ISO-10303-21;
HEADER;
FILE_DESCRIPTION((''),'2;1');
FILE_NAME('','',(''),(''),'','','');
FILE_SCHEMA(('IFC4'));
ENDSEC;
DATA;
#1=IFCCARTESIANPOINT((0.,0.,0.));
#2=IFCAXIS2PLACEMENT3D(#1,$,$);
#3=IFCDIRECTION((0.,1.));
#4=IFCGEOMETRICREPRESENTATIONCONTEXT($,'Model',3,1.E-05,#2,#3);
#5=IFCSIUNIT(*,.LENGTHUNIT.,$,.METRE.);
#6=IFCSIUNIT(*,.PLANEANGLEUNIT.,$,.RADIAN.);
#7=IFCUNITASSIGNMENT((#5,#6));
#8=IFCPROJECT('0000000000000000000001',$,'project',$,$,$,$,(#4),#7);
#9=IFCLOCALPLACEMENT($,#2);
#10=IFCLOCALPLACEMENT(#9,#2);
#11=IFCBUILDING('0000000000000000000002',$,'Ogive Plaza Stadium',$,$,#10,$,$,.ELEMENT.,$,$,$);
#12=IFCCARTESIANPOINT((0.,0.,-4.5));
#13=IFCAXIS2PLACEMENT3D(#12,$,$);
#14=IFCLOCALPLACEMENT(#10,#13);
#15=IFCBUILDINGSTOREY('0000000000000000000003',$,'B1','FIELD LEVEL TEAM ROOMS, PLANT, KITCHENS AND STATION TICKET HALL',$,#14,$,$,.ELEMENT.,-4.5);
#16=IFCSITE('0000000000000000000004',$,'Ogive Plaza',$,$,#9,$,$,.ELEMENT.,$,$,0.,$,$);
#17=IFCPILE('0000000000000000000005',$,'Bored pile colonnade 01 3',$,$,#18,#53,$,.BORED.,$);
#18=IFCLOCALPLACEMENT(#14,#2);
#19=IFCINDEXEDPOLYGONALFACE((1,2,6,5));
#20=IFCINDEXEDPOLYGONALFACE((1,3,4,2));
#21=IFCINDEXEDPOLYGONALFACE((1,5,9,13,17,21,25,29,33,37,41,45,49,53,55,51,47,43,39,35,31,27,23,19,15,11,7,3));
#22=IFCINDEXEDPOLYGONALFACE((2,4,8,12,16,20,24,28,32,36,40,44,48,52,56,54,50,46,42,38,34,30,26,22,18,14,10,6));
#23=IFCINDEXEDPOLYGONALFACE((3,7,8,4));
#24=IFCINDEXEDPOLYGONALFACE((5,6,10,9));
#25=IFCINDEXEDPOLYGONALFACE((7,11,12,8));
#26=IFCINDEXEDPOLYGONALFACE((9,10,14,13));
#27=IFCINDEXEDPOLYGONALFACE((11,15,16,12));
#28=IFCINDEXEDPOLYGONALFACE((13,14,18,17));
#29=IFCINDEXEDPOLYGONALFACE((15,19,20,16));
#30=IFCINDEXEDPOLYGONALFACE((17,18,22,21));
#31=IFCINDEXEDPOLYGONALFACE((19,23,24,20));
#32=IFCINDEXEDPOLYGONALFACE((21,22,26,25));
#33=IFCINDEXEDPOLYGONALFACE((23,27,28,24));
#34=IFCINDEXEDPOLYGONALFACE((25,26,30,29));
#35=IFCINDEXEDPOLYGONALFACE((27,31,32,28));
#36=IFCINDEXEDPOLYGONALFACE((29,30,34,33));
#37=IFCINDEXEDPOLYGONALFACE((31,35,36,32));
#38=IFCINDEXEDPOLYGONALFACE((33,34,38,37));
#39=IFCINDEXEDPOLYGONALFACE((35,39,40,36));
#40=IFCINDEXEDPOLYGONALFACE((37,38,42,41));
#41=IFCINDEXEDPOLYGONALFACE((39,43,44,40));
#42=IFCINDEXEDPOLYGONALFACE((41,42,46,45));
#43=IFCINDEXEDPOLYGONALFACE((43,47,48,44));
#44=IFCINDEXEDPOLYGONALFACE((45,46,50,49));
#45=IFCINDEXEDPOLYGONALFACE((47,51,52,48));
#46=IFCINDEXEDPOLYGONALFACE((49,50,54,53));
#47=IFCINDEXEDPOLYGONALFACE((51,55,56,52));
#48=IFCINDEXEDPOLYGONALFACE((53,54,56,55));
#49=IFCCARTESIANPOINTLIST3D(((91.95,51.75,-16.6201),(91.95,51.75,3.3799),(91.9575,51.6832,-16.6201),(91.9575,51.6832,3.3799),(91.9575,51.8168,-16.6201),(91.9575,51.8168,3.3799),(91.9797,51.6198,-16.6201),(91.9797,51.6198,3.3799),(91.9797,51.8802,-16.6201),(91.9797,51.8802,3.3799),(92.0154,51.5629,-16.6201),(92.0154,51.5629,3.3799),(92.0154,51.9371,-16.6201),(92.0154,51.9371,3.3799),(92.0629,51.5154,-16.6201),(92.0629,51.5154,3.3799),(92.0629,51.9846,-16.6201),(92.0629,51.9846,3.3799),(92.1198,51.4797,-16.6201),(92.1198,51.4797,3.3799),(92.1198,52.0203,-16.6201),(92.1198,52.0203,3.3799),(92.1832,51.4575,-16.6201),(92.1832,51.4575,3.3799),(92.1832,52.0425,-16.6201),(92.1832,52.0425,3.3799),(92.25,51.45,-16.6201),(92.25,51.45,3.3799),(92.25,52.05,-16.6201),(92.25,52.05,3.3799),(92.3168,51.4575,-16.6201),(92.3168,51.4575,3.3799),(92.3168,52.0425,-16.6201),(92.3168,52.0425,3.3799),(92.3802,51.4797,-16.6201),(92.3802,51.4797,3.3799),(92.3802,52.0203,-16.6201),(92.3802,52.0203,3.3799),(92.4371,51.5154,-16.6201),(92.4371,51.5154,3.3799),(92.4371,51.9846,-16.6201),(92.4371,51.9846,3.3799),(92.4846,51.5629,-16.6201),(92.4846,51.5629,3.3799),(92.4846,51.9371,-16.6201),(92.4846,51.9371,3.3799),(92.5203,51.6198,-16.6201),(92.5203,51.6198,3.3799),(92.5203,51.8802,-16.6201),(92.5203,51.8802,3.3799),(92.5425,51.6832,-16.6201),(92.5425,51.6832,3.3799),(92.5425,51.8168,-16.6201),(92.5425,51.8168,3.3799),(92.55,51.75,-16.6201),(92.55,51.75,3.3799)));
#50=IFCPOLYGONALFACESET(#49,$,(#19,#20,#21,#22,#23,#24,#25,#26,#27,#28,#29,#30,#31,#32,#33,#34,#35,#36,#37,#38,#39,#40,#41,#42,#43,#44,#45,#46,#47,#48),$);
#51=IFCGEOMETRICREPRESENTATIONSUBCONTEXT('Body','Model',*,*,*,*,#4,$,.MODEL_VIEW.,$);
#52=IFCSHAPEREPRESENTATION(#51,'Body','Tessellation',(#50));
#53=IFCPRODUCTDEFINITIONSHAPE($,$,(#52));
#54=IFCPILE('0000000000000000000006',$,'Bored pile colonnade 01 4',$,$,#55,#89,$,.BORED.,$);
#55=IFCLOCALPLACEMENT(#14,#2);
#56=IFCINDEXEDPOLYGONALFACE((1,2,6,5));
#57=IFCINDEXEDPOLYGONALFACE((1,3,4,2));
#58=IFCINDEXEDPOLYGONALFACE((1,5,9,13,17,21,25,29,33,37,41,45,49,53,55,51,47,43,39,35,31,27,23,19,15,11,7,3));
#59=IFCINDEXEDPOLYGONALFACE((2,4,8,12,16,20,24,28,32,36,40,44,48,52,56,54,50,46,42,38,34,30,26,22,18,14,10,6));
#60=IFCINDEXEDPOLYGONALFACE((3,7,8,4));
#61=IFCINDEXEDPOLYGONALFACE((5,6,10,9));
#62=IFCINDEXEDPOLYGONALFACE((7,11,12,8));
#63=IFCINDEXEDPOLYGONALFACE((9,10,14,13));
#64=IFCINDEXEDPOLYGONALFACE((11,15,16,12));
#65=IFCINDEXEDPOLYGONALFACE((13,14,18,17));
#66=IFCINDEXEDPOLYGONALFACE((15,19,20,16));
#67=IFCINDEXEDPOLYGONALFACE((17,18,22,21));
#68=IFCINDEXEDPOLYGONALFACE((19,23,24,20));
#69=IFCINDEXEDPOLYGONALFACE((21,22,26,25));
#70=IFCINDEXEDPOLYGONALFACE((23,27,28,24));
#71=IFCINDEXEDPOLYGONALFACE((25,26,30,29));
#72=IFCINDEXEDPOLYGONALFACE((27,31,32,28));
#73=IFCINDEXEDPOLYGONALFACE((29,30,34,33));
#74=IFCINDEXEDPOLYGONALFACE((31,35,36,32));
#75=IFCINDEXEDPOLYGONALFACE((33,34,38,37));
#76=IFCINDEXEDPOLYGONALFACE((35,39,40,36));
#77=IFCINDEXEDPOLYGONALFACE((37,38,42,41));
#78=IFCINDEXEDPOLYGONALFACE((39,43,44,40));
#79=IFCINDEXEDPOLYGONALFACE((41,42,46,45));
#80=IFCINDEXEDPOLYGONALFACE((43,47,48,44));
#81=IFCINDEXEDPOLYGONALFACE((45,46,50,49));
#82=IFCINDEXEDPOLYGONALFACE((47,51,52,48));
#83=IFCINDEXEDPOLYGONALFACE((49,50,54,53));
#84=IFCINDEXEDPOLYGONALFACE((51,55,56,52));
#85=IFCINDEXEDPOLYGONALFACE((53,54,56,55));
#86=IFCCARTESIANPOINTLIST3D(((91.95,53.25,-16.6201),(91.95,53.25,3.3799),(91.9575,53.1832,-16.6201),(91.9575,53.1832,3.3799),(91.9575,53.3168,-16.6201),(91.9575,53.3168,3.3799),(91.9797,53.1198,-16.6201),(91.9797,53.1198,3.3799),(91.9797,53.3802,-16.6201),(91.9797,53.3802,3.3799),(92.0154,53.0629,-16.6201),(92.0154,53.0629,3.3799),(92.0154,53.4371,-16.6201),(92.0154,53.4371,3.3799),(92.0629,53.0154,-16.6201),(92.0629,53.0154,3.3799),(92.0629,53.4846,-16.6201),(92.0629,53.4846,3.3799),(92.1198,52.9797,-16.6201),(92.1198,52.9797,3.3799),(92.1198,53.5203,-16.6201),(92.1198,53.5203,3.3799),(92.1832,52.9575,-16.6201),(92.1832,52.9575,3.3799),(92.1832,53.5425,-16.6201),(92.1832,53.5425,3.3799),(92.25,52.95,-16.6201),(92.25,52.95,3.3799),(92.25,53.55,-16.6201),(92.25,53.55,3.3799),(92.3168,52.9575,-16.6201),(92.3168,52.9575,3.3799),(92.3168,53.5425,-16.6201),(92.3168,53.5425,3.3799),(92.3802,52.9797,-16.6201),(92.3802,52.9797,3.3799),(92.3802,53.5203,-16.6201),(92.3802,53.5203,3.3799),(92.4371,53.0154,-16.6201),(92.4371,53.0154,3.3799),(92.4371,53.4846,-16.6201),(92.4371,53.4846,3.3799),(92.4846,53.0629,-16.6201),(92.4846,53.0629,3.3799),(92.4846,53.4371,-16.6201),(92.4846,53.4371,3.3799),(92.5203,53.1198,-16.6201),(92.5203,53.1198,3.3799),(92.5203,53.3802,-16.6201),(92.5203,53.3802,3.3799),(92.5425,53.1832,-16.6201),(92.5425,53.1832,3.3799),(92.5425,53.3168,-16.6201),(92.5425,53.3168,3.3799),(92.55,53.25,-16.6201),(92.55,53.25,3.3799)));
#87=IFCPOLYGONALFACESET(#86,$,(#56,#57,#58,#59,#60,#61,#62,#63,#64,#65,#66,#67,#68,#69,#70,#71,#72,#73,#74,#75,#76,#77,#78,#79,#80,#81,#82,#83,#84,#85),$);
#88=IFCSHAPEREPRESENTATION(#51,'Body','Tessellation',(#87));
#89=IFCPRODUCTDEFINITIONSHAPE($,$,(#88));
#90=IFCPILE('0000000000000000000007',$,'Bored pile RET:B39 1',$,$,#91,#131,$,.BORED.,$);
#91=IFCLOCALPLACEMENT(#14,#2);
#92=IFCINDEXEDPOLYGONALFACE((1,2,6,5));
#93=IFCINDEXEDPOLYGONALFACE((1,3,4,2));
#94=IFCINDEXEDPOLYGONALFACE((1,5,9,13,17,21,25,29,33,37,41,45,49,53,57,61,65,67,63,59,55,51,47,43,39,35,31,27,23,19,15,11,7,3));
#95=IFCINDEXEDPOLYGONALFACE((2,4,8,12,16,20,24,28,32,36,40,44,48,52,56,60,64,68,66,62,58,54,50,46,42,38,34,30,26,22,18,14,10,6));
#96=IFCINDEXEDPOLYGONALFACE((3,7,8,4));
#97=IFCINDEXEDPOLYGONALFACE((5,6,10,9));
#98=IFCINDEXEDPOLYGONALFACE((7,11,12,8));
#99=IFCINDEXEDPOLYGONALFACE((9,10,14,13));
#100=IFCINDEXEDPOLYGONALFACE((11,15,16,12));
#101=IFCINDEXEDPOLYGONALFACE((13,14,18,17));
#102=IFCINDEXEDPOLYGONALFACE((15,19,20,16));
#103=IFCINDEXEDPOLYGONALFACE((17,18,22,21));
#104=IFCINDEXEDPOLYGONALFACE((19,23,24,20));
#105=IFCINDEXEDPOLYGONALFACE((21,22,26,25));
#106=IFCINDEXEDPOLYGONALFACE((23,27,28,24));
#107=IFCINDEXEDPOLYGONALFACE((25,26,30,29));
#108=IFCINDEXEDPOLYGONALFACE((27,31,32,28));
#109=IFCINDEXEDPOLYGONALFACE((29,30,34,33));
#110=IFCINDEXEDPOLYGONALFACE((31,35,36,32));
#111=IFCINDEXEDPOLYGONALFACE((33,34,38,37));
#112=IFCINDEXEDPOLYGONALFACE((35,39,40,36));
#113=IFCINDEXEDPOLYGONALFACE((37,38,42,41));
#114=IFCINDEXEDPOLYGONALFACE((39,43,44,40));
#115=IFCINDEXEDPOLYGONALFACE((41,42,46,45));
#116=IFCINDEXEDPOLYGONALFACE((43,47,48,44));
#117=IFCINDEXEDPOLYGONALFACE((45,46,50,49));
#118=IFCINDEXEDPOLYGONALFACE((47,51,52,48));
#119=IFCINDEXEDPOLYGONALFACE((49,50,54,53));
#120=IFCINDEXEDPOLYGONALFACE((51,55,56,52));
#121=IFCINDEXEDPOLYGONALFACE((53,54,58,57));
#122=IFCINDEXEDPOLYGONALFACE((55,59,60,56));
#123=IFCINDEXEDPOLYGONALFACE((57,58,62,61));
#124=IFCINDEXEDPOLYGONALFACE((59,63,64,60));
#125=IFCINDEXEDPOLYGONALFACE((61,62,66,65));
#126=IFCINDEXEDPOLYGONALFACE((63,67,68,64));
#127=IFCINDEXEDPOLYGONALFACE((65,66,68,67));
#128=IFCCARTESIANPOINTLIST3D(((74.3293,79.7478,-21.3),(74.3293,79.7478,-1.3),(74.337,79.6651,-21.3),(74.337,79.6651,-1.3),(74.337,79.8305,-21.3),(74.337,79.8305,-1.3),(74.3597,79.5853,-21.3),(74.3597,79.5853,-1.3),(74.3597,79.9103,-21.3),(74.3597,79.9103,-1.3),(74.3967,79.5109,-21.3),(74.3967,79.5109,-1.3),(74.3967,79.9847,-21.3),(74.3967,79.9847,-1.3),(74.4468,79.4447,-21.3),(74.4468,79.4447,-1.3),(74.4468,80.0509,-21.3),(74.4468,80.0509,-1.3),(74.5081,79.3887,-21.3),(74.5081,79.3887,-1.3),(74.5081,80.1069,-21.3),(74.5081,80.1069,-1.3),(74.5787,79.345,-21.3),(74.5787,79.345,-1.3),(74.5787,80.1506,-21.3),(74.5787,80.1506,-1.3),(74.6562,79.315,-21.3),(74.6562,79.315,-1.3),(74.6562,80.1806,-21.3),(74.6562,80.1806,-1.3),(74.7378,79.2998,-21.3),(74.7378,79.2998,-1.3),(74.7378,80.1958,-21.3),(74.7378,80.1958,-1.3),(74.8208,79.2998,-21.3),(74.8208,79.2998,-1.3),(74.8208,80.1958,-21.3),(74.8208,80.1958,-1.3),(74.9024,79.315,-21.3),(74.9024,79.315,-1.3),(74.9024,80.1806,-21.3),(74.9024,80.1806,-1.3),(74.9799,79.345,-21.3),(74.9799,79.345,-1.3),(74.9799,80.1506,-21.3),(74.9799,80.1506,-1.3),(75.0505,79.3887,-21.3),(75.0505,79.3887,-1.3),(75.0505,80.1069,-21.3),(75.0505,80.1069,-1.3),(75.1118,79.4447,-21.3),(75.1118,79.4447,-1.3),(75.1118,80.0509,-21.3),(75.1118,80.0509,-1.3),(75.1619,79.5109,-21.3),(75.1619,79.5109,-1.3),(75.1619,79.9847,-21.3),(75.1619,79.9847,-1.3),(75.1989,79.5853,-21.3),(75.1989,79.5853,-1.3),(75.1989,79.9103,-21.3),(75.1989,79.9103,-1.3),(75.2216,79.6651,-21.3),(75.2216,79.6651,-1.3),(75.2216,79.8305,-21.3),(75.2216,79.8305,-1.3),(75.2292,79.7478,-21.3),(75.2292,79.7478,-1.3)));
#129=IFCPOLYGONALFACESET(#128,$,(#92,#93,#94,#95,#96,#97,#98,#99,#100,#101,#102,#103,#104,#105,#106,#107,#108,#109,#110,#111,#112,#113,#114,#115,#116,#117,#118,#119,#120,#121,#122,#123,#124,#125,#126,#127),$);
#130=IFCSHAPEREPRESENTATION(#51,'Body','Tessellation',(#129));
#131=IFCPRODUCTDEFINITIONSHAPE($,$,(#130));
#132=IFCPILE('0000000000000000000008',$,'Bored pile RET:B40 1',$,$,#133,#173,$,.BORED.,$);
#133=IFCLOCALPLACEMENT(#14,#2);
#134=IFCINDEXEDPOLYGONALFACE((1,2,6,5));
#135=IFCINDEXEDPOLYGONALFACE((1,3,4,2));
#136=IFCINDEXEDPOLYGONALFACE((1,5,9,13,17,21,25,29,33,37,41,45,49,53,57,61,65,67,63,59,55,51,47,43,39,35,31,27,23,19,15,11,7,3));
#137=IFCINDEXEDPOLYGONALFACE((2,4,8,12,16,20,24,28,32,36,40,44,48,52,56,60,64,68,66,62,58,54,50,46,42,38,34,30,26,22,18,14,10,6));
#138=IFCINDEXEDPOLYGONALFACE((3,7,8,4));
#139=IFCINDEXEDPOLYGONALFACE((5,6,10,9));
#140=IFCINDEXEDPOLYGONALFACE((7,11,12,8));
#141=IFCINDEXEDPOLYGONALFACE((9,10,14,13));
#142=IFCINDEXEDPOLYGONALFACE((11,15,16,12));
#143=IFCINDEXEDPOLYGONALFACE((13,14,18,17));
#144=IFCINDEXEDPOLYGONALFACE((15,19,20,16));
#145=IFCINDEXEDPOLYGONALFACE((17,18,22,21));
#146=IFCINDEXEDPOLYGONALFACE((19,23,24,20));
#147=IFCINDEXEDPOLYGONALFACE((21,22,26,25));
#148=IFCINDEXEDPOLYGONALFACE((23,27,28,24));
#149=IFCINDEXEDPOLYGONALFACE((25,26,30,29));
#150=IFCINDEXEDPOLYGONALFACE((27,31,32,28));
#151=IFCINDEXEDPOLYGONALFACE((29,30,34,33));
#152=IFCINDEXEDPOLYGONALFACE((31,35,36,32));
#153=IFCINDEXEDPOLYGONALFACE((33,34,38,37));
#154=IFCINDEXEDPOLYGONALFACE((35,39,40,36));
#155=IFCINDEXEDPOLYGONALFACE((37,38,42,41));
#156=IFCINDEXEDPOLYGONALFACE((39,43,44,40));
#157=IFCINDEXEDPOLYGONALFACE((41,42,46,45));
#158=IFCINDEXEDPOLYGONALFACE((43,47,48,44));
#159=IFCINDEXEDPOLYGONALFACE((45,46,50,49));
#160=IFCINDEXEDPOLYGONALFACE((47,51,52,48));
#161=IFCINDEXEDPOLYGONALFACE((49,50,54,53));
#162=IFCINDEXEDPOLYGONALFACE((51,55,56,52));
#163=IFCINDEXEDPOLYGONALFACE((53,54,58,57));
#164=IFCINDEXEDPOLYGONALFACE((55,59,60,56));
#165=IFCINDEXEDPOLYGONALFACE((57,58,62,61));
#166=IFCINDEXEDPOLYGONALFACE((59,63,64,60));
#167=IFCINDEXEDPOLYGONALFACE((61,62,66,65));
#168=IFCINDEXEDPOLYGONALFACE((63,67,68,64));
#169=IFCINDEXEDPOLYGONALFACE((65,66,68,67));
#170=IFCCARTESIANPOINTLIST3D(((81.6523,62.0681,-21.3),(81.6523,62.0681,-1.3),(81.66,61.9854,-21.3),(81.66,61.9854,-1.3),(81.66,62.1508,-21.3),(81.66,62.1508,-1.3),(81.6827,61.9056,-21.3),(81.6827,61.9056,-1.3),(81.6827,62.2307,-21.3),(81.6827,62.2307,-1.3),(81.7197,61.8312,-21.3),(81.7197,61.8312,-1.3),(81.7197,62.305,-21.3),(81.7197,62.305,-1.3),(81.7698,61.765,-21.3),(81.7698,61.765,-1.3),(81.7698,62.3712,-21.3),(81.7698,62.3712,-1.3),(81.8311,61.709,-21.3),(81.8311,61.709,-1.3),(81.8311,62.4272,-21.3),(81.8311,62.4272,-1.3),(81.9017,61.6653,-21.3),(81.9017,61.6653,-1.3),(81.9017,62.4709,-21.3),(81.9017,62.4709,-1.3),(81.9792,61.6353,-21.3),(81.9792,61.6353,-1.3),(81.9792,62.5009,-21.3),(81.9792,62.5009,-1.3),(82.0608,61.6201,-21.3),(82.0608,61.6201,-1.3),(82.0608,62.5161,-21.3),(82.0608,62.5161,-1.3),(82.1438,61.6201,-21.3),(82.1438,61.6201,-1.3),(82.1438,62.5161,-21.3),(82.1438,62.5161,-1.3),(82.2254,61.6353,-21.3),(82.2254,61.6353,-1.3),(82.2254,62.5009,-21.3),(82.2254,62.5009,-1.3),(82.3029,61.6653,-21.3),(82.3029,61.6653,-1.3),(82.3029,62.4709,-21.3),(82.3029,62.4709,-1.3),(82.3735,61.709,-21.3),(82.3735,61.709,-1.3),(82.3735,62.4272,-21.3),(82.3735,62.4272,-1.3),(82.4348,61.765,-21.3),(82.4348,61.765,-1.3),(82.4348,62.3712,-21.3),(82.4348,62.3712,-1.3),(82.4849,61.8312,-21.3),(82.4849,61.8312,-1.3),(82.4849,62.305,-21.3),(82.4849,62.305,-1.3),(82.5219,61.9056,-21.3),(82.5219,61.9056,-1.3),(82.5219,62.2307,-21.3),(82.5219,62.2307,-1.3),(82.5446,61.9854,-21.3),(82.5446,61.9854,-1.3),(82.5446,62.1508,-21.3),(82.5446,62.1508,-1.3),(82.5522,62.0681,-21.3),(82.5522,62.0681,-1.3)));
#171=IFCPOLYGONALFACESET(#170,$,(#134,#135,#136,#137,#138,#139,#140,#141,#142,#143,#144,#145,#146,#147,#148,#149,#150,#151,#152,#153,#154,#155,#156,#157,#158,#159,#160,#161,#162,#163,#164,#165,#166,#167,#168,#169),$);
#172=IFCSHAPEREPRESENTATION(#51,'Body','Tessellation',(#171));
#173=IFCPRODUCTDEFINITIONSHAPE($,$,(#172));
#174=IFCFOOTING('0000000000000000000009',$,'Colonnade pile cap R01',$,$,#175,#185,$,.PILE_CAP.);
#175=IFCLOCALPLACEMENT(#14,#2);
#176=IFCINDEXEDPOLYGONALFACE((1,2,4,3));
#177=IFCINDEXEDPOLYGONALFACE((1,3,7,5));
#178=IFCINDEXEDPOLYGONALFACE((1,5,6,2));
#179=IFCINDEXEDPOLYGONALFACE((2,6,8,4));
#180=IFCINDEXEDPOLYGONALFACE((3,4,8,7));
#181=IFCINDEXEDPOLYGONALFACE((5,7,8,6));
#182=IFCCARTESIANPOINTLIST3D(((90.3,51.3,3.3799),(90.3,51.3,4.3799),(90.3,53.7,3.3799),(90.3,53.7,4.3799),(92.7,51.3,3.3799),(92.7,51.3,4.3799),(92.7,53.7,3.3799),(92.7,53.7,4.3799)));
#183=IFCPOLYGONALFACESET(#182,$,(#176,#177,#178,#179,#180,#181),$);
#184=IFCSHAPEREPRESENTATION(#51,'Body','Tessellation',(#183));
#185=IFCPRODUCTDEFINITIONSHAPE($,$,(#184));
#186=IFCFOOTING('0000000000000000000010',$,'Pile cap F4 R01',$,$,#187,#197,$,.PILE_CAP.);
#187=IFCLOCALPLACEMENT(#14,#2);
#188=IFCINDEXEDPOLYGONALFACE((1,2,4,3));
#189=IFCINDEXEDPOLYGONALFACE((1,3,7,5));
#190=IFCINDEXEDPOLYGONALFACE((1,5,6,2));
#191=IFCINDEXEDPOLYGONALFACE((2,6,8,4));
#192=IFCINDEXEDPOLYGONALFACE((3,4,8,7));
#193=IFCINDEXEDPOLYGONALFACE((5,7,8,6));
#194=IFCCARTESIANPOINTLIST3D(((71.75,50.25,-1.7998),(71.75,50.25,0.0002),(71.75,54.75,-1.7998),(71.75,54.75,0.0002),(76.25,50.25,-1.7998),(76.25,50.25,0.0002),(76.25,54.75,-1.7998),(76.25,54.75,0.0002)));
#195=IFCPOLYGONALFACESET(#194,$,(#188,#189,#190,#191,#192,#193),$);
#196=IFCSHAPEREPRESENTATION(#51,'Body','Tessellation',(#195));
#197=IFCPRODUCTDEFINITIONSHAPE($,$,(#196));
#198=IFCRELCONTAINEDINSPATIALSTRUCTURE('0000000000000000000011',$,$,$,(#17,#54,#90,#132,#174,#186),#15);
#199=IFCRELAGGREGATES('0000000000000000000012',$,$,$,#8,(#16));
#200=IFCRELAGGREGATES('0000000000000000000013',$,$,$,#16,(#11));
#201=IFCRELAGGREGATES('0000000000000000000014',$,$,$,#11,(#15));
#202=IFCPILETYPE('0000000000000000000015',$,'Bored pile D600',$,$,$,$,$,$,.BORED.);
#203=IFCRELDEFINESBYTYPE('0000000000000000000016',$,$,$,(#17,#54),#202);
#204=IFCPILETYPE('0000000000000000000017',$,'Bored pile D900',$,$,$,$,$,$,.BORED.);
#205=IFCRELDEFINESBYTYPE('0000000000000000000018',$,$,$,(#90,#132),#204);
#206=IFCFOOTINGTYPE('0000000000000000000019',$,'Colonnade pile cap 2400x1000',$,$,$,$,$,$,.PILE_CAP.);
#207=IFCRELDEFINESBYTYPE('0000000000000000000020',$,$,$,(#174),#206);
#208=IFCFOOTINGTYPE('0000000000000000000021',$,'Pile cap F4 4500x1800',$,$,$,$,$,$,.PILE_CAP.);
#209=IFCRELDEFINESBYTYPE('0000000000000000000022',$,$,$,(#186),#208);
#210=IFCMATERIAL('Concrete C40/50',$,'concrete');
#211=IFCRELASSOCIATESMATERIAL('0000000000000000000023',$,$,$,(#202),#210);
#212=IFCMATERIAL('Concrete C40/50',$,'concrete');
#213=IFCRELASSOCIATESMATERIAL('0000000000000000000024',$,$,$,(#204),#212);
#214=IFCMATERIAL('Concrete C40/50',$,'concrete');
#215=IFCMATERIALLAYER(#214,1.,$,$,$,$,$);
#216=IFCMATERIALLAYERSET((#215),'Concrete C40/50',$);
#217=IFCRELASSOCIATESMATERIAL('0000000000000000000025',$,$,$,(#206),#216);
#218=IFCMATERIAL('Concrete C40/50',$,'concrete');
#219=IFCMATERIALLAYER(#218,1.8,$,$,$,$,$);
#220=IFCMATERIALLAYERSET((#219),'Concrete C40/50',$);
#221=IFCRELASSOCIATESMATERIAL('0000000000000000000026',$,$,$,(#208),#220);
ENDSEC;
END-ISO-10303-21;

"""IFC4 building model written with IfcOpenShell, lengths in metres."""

from ifc_helpers import new_model, si_unit, direction, frame, origin, origin_2d, place, context, subcontext, project, spatial, rectangle, circle, extrude, material, layer, layer_set, material_profile, profile_set, type_object, element, save


model = new_model("IFC4")

# Units and contexts
model_context = context("Model", 3, precision=1e-05, world=origin(), true_north=direction((0.0, 1.0)))
body_context = subcontext(model_context, "Body", "Model", "MODEL_VIEW")
ifc_project = project(units=[si_unit("LENGTHUNIT", "METRE"), si_unit("PLANEANGLEUNIT", "RADIAN")], contexts=[model_context])

# Site, building, storey
site_placement = place(None, origin())
site = spatial("IfcSite", under=ifc_project, at=site_placement, Name="Ogive Plaza", CompositionType="ELEMENT", RefElevation=0.0)
building_placement = place(site_placement, origin())
building = spatial("IfcBuilding", under=site, at=building_placement, Name="Ogive Plaza Stadium", CompositionType="ELEMENT")
storey_placement = place(building_placement, frame((0.0, 0.0, -4.5)))
storey = spatial("IfcBuildingStorey", under=building, at=storey_placement, Name="B1", Description="FIELD LEVEL TEAM ROOMS, PLANT, KITCHENS AND STATION TICKET HALL", CompositionType="ELEMENT", Elevation=-4.5)

# Piles
ifc_material_1 = material(Name="Concrete C40/50", Category="concrete")
ifc_material_profile_1 = material_profile(ifc_material_1, circle(Radius=0.3, at=origin_2d()), Name="RC D600")
ifc_profile_set_1 = profile_set([ifc_material_profile_1], Name="Concrete C40/50")
pile_type_1 = type_object("IfcPileType", Name="Bored pile D600", PredefinedType="BORED", material=ifc_profile_set_1)
for number, where, z_axis, x_axis, name in (
    (1, (92.25, 51.75, 3.3799), (0.0, 0.0, -1.0), (1.0, 0.0, 0.0), "Bored pile colonnade 01 3"),
    (2, (92.25, 53.25, 3.3799), (0.0, 0.0, -1.0), (1.0, 0.0, 0.0), "Bored pile colonnade 01 4"),
):
    element("IfcPile", number, at=place(storey_placement, frame(where, z_axis=z_axis, x_axis=x_axis)), inside=storey, type_object=pile_type_1, Name=name, PredefinedType="BORED", context=body_context, shape_type="SweptSolid", body=[
        extrude(circle(Radius=0.3, at=origin_2d()), origin(), (0.0, 0.0, 1.0), 20.0),
    ])
ifc_material_2 = material(Name="Concrete C40/50", Category="concrete")
ifc_material_profile_2 = material_profile(ifc_material_2, circle(Radius=0.45, at=origin_2d()), Name="RC D900")
ifc_profile_set_2 = profile_set([ifc_material_profile_2], Name="Concrete C40/50")
pile_type_2 = type_object("IfcPileType", Name="Bored pile D900", PredefinedType="BORED", material=ifc_profile_set_2)
for number, where, z_axis, x_axis, name in (
    (3, (74.7793, 79.7478, -1.3), (0.0, 0.0, -1.0), (1.0, 0.0, 0.0), "Bored pile RET:B39 1"),
    (4, (82.1023, 62.0681, -1.3), (0.0, 0.0, -1.0), (1.0, 0.0, 0.0), "Bored pile RET:B40 1"),
):
    element("IfcPile", number, at=place(storey_placement, frame(where, z_axis=z_axis, x_axis=x_axis)), inside=storey, type_object=pile_type_2, Name=name, PredefinedType="BORED", context=body_context, shape_type="SweptSolid", body=[
        extrude(circle(Radius=0.45, at=origin_2d()), origin(), (0.0, 0.0, 1.0), 20.0),
    ])

# Footings
ifc_material_3 = material(Name="Concrete C40/50", Category="concrete")
ifc_layer_1 = layer(ifc_material_3, 1.0)
ifc_layer_set_1 = layer_set([ifc_layer_1], Name="Concrete C40/50")
footing_type_1 = type_object("IfcFootingType", Name="Colonnade pile cap 2400x1000", PredefinedType="PILE_CAP", material=ifc_layer_set_1)
footing_placement = place(storey_placement, frame((91.5, 52.5, 3.3799), z_axis=(0.0, 0.0, 1.0), x_axis=(1.0, 0.0, 0.0)))
element("IfcFooting", 5, at=footing_placement, inside=storey, type_object=footing_type_1, Name="Colonnade pile cap R01", PredefinedType="PILE_CAP", context=body_context, shape_type="SweptSolid", body=[
    extrude(rectangle(XDim=2.3999, YDim=2.3999, at=origin_2d()), origin(), (0.0, 0.0, 1.0), 1.0),
])
ifc_material_4 = material(Name="Concrete C40/50", Category="concrete")
ifc_layer_2 = layer(ifc_material_4, 1.8)
ifc_layer_set_2 = layer_set([ifc_layer_2], Name="Concrete C40/50")
footing_type_2 = type_object("IfcFootingType", Name="Pile cap F4 4500x1800", PredefinedType="PILE_CAP", material=ifc_layer_set_2)
for number, where, z_axis, x_axis, name in (
    (6, (74.0, 52.5, -1.7998), (0.0, 0.0, 1.0), (1.0, 0.0, 0.0), "Pile cap F4 R01"),
):
    element("IfcFooting", number, at=place(storey_placement, frame(where, z_axis=z_axis, x_axis=x_axis)), inside=storey, type_object=footing_type_2, Name=name, PredefinedType="PILE_CAP", context=body_context, shape_type="SweptSolid", body=[
        extrude(rectangle(XDim=4.5, YDim=4.5, at=origin_2d()), origin(), (0.0, 0.0, 1.0), 1.8),
    ])

save(model, "model.ifc")
